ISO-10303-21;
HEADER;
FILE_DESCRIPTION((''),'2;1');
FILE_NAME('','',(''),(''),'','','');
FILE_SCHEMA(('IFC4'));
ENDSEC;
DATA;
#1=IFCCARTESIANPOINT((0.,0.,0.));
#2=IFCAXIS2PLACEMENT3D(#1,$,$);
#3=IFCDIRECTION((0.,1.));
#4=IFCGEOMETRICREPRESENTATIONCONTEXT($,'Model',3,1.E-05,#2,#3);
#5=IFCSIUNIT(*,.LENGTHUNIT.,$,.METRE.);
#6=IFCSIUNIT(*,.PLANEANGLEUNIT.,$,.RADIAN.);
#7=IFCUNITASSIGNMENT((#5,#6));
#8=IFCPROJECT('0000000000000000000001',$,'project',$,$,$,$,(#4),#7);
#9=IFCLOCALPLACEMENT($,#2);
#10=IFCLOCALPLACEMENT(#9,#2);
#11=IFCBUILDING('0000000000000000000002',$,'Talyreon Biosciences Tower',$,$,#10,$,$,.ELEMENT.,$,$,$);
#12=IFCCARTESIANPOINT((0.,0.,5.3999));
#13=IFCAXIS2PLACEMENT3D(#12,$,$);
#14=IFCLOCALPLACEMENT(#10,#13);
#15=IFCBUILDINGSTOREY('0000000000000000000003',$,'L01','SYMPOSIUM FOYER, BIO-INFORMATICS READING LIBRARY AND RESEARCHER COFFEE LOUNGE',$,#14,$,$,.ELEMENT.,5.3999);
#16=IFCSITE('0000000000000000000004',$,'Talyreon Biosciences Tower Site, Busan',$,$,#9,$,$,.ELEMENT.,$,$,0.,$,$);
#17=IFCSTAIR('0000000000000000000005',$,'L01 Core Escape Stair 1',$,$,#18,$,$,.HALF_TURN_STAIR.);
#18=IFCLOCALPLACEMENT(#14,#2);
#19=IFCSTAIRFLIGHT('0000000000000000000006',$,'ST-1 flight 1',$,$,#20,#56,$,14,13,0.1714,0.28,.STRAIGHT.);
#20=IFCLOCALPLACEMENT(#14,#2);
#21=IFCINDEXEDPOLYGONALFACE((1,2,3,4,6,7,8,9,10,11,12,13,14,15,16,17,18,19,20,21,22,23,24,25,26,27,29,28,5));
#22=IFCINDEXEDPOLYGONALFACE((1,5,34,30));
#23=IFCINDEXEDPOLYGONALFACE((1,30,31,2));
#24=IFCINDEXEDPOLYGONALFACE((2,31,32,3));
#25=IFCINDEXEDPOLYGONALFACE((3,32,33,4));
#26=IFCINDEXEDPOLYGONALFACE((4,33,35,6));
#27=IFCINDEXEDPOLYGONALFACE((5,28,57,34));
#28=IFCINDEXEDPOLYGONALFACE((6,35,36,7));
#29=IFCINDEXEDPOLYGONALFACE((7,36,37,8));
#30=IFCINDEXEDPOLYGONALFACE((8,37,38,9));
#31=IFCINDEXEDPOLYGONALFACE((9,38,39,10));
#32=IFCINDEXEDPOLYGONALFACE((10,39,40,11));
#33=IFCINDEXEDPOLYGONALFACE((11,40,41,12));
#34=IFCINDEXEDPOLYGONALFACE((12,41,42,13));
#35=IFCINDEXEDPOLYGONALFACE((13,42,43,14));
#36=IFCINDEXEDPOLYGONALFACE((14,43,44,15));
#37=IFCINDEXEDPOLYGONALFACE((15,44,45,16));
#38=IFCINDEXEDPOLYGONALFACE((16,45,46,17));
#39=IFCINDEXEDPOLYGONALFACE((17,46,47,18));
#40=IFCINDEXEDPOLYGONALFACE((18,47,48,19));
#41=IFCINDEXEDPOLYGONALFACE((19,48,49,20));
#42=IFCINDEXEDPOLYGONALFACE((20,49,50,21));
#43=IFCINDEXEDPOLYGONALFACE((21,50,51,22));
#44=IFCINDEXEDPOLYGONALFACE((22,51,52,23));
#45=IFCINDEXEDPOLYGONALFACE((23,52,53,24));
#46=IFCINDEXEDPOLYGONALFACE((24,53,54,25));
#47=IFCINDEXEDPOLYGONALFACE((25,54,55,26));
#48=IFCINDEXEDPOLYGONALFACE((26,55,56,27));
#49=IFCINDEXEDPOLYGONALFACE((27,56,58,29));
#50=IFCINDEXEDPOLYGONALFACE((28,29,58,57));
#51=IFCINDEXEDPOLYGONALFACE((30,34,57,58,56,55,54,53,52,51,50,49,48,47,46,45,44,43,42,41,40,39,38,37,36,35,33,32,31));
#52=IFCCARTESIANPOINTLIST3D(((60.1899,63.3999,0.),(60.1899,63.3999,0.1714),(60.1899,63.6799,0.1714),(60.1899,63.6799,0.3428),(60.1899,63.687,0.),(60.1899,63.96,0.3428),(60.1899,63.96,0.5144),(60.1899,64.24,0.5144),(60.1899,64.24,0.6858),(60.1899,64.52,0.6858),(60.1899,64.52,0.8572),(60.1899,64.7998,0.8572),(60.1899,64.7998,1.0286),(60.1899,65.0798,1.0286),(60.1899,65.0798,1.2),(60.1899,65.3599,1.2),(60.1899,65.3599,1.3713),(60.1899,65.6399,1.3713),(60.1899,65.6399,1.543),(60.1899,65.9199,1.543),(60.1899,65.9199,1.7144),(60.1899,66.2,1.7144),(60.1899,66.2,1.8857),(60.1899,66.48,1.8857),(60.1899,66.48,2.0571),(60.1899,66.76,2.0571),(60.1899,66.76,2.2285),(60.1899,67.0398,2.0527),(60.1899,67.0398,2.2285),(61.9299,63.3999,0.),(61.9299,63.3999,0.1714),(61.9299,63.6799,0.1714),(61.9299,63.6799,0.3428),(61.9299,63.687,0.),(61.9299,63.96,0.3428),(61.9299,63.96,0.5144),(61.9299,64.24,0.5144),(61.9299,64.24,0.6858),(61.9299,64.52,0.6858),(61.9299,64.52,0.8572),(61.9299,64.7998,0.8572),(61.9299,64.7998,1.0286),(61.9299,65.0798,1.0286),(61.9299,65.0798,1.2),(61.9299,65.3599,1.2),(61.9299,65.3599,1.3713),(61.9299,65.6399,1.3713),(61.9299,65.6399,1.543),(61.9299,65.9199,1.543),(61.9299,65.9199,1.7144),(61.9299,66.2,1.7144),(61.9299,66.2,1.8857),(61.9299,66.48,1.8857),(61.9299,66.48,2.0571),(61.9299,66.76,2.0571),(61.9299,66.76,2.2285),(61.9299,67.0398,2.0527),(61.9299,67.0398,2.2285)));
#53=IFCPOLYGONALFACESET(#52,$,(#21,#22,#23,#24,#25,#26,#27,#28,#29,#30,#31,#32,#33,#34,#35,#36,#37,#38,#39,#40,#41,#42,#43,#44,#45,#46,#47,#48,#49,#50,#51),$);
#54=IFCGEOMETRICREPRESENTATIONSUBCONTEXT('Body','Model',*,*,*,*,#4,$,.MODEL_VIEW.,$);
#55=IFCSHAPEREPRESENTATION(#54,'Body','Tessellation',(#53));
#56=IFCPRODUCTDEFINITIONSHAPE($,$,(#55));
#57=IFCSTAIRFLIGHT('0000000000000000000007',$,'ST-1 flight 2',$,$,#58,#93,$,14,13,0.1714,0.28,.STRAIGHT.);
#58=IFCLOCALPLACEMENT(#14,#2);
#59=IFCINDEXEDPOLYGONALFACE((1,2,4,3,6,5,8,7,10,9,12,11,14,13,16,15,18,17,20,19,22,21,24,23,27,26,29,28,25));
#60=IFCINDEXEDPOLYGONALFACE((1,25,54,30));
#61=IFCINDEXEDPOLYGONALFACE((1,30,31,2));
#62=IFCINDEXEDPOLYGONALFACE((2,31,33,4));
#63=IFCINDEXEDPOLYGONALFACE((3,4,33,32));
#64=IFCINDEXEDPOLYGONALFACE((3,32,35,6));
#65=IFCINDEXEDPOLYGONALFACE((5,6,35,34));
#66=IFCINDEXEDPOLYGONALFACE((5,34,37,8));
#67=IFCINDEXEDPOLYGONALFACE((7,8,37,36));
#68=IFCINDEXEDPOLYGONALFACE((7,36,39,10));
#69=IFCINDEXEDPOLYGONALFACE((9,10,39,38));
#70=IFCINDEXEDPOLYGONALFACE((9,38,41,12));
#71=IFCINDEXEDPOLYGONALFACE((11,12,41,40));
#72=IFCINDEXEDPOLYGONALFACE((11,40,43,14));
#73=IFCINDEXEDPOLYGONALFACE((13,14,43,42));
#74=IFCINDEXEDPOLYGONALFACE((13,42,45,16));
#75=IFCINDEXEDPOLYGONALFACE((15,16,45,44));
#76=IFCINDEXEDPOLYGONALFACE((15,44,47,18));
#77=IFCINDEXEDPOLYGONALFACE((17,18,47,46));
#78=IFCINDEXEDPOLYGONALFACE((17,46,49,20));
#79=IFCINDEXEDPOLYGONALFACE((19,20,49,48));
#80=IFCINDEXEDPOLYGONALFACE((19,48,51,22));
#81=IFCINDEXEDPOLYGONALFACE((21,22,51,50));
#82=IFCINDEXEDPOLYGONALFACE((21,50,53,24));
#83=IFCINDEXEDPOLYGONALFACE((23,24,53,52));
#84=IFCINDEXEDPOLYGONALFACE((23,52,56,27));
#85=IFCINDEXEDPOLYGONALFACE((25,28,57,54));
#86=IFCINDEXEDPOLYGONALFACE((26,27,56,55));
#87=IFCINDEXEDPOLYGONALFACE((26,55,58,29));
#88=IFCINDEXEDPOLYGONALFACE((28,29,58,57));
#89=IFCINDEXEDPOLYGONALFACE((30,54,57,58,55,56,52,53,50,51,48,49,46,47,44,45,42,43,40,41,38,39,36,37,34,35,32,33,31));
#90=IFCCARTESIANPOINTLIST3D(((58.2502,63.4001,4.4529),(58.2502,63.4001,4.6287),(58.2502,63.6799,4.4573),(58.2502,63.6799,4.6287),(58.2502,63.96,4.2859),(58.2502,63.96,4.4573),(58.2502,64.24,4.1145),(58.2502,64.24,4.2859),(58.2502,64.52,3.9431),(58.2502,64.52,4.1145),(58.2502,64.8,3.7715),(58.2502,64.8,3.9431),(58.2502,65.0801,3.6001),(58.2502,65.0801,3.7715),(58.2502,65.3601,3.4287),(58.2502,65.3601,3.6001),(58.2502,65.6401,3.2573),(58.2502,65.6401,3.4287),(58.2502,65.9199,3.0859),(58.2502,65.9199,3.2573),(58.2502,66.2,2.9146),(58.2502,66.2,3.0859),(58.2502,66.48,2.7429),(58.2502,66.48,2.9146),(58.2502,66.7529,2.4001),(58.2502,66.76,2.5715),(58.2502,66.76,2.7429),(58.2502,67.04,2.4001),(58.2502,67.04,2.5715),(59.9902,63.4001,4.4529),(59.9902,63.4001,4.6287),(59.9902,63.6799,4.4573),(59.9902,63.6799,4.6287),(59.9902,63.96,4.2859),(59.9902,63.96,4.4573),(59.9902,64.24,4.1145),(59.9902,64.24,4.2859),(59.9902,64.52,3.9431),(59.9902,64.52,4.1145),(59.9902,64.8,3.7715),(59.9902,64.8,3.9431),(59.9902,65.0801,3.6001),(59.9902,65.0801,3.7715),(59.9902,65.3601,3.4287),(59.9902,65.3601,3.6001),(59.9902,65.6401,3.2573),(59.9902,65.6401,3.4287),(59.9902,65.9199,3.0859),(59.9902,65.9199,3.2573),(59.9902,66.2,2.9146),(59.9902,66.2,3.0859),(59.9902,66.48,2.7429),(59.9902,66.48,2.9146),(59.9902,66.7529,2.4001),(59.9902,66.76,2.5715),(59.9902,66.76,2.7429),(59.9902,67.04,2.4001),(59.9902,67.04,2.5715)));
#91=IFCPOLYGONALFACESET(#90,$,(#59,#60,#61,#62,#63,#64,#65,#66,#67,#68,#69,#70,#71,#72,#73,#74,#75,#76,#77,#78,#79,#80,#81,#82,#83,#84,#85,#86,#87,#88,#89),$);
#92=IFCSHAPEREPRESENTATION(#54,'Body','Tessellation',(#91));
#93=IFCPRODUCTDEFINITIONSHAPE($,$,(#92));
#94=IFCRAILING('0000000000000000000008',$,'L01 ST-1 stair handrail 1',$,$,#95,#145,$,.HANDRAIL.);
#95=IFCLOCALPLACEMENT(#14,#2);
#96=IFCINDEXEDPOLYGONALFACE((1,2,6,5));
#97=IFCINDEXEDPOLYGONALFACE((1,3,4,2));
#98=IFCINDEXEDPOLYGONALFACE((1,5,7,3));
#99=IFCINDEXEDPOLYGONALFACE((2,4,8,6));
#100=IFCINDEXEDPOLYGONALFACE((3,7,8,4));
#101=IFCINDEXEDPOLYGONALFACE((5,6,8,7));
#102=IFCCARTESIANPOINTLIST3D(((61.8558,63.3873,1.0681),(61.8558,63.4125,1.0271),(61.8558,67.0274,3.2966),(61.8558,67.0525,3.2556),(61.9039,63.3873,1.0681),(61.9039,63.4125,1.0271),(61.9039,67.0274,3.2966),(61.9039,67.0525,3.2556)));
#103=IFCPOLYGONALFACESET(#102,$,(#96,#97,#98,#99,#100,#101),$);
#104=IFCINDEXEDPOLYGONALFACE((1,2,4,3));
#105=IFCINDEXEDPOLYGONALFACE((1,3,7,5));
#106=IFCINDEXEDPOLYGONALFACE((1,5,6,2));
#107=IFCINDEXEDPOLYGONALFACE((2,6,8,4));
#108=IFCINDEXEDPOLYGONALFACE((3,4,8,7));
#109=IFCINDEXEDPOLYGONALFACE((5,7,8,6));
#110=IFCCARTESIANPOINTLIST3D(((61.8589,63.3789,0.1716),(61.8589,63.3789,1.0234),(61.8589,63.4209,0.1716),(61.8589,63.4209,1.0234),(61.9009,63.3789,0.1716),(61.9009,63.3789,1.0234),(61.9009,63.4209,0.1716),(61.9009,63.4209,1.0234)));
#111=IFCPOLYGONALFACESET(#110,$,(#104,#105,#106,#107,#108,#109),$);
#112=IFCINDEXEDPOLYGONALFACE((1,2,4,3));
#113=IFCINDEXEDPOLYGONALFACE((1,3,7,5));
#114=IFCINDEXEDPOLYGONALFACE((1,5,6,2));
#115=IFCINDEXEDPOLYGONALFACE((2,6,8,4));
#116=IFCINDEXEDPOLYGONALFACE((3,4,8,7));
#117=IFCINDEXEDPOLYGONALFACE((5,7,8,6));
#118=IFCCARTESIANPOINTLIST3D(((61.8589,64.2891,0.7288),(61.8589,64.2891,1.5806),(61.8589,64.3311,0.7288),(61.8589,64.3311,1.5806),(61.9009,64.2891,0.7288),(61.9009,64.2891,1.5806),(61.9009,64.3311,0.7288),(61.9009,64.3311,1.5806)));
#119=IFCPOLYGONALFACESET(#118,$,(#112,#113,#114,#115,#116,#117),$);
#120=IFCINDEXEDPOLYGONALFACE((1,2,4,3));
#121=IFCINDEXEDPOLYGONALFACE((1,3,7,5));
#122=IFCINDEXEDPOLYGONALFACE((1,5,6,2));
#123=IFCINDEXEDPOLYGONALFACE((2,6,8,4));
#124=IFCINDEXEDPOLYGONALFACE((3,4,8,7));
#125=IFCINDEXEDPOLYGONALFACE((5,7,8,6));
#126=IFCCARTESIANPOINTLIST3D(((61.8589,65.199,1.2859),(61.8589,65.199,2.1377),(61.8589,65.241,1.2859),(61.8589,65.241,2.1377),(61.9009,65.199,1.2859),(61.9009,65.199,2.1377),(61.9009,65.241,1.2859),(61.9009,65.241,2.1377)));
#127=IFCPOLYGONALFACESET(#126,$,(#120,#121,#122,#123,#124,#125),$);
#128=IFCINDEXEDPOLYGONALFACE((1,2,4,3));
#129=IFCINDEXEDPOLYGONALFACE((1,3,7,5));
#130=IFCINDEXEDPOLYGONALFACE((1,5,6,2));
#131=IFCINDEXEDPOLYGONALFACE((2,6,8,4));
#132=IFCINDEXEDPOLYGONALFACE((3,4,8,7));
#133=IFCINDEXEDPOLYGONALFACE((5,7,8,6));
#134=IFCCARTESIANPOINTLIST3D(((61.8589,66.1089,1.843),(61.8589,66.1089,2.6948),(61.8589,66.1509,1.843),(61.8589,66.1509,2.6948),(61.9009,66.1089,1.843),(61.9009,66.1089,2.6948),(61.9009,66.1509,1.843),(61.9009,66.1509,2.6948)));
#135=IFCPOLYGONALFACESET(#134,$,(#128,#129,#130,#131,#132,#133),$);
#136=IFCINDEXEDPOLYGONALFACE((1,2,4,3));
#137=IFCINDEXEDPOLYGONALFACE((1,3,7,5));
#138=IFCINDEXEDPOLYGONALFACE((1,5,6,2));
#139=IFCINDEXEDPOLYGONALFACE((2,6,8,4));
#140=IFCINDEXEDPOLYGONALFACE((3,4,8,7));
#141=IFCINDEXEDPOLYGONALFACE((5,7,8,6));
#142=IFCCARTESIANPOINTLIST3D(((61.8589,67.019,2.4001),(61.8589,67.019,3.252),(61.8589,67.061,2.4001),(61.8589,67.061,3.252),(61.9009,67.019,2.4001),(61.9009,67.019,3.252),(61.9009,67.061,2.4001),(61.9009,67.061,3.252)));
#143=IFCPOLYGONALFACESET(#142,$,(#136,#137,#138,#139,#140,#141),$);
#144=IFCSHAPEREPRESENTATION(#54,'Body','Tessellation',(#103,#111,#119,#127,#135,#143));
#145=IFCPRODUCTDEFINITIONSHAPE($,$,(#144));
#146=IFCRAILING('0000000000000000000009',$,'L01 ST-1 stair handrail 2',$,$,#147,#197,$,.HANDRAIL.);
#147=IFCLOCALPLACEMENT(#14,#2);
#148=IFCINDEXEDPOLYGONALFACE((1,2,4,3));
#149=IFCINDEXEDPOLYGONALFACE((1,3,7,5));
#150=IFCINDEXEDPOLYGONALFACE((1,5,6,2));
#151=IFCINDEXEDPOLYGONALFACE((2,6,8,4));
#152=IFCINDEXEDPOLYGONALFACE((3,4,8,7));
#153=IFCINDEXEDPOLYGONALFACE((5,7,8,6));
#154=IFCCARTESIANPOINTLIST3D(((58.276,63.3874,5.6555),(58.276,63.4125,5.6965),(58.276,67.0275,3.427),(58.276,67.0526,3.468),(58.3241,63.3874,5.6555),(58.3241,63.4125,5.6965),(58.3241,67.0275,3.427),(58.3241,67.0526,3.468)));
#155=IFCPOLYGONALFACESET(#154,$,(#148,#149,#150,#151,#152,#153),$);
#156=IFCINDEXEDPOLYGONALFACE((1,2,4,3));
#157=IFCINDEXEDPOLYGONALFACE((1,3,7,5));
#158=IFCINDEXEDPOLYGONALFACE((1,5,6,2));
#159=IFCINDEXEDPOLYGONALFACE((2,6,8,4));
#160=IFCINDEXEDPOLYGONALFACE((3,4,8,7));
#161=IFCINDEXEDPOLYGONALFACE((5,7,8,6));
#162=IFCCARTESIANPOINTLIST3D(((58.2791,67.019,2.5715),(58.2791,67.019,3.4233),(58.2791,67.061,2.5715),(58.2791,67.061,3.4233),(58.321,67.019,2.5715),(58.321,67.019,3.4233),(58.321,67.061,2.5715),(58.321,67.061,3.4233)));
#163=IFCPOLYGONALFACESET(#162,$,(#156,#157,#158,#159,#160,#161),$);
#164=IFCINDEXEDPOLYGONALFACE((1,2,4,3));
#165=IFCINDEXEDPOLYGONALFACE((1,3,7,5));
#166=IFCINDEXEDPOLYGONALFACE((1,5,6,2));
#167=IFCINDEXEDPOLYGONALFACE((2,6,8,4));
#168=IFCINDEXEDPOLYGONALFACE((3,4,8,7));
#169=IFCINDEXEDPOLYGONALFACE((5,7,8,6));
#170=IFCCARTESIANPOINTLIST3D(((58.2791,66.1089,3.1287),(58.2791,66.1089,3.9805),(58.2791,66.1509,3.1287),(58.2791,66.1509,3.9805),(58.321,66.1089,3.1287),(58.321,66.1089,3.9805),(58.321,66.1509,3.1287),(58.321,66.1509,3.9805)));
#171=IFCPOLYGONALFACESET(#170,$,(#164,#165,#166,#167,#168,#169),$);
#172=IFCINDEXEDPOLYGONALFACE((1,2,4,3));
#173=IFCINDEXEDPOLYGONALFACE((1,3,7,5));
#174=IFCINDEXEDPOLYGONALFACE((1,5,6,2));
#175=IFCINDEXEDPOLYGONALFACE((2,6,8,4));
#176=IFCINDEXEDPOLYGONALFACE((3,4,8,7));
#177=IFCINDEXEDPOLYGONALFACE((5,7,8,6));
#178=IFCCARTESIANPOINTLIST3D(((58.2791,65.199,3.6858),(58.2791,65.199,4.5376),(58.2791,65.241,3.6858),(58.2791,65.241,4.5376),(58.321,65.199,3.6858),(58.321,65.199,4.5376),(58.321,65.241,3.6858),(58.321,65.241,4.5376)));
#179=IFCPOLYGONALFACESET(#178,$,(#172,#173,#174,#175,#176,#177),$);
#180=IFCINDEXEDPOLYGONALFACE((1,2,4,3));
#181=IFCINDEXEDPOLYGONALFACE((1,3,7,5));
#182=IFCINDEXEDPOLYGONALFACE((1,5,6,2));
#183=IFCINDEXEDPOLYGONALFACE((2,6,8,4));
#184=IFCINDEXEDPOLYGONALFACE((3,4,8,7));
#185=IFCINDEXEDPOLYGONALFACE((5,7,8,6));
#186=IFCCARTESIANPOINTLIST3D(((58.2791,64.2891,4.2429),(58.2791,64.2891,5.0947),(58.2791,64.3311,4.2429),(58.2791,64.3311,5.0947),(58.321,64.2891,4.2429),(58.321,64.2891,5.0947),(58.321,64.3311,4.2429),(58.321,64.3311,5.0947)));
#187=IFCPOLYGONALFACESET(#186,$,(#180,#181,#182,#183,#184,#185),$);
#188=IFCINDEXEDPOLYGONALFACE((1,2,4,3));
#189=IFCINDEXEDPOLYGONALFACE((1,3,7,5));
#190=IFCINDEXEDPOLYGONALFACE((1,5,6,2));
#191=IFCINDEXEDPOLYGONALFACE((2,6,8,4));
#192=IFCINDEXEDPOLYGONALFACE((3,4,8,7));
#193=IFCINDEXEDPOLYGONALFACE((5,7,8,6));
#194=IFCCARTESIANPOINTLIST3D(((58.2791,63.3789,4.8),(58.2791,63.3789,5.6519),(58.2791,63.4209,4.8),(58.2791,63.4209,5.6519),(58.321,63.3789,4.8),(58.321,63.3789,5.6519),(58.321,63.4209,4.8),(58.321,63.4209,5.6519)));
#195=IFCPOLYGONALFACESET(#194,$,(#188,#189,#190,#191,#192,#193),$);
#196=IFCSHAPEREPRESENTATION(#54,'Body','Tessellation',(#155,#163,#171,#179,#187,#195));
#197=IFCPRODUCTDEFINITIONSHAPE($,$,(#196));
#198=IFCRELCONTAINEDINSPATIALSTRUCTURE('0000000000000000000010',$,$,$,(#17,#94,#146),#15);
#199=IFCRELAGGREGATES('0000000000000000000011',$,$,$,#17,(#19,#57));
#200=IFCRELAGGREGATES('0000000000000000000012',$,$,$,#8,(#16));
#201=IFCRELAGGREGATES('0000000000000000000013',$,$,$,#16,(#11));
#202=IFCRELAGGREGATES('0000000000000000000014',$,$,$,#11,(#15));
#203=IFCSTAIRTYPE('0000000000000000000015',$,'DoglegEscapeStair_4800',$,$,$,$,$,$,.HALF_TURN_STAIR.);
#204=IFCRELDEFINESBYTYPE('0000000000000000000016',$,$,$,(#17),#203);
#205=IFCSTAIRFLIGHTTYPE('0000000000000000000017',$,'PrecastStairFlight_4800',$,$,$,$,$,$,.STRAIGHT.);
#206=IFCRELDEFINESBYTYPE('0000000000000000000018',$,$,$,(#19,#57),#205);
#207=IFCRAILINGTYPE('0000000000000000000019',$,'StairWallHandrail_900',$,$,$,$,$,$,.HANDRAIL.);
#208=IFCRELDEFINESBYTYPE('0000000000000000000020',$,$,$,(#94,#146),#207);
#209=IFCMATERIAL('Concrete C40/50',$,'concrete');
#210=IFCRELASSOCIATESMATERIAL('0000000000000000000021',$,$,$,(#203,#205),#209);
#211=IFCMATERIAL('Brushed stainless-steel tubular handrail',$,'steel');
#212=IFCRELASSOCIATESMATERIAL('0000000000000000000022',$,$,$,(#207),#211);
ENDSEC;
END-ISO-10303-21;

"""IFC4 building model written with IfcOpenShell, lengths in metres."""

from ifc_helpers import new_model, si_unit, direction, frame, origin, origin_2d, place, context, subcontext, project, spatial, polyline, rectangle, outline, extrude, material, type_object, element, aggregate, save


model = new_model("IFC4")

# Units and contexts
model_context = context("Model", 3, precision=1e-05, world=origin(), true_north=direction((0.0, 1.0)))
body_context = subcontext(model_context, "Body", "Model", "MODEL_VIEW")
ifc_project = project(units=[si_unit("LENGTHUNIT", "METRE"), si_unit("PLANEANGLEUNIT", "RADIAN")], contexts=[model_context])

# Site, building, storey
site_placement = place(None, origin())
site = spatial("IfcSite", under=ifc_project, at=site_placement, Name="Talyreon Biosciences Tower Site, Busan", CompositionType="ELEMENT", RefElevation=0.0)
building_placement = place(site_placement, origin())
building = spatial("IfcBuilding", under=site, at=building_placement, Name="Talyreon Biosciences Tower", CompositionType="ELEMENT")
storey_placement = place(building_placement, frame((0.0, 0.0, 5.3999)))
storey = spatial("IfcBuildingStorey", under=building, at=storey_placement, Name="L01", Description="SYMPOSIUM FOYER, BIO-INFORMATICS READING LIBRARY AND RESEARCHER COFFEE LOUNGE", CompositionType="ELEMENT", Elevation=5.3999)

# Stair, stair flights
ifc_material_1 = material(Name="Concrete C40/50", Category="concrete")
stair_type = type_object("IfcStairType", Name="DoglegEscapeStair_4800", PredefinedType="HALF_TURN_STAIR", material=ifc_material_1)
stair_placement = place(storey_placement, origin())
stair = element("IfcStair", 1, at=stair_placement, inside=storey, type_object=stair_type, Name="L01 Core Escape Stair 1", PredefinedType="HALF_TURN_STAIR")
stair_flight_type = type_object("IfcStairFlightType", Name="PrecastStairFlight_4800", PredefinedType="STRAIGHT", material=ifc_material_1)
stair_flight_1_placement = place(storey_placement, frame((61.0601, 63.3999, 0.0), z_axis=(0.0, 0.0, 1.0), x_axis=(0.0, 1.0, 0.0)))
stair_flight_1 = element("IfcStairFlight", 2, at=stair_flight_1_placement, type_object=stair_flight_type, Name="ST-1 flight 1", NumberOfRisers=14, NumberOfTreads=13, PredefinedType="STRAIGHT", RiserHeight=0.1714, TreadLength=0.28, context=body_context, shape_type="SweptSolid", body=[
    extrude(outline(polyline([(0.0, 0.0), (0.0, 0.1714), (0.28, 0.1714), (0.28, 0.3428), (0.5601, 0.3428), (0.5601, 0.5144), (0.8401, 0.5144), (0.8401, 0.6858), (1.1201, 0.6858), (1.1201, 0.8572), (1.3999, 0.8572), (1.3999, 1.0286), (1.6799, 1.0286), (1.6799, 1.2), (1.96, 1.2), (1.96, 1.3713), (2.24, 1.3713), (2.24, 1.543), (2.52, 1.543), (2.52, 1.7144), (2.8, 1.7144), (2.8, 1.8857), (3.0801, 1.8857), (3.0801, 2.0571), (3.3601, 2.0571), (3.3601, 2.2285), (3.6399, 2.2285), (3.6399, 2.3999), (3.6399, 2.0527), (0.2871, 0.0), (0.0, 0.0)])), frame((0.0, 0.8701, 0.0), z_axis=(0.0, -1.0, 0.0), x_axis=(1.0, 0.0, 0.0)), (0.0, 0.0, 1.0), 1.74),
])
stair_flight_2_placement = place(storey_placement, frame((59.1201, 67.04, 2.4001), z_axis=(0.0, 0.0, 1.0), x_axis=(0.0, -1.0, 0.0)))
stair_flight_2 = element("IfcStairFlight", 3, at=stair_flight_2_placement, type_object=stair_flight_type, Name="ST-1 flight 2", NumberOfRisers=14, NumberOfTreads=13, PredefinedType="STRAIGHT", RiserHeight=0.1714, TreadLength=0.28, context=body_context, shape_type="SweptSolid", body=[
    extrude(outline(polyline([(0.0, 0.0), (0.0, 0.1714), (0.28, 0.1714), (0.28, 0.3428), (0.5601, 0.3428), (0.5601, 0.5144), (0.8401, 0.5144), (0.8401, 0.6858), (1.1201, 0.6858), (1.1201, 0.8572), (1.3999, 0.8572), (1.3999, 1.0286), (1.6799, 1.0286), (1.6799, 1.2), (1.96, 1.2), (1.96, 1.3713), (2.24, 1.3713), (2.24, 1.543), (2.52, 1.543), (2.52, 1.7144), (2.8, 1.7144), (2.8, 1.8857), (3.0801, 1.8857), (3.0801, 2.0571), (3.3601, 2.0571), (3.3601, 2.2285), (3.6399, 2.2285), (3.6399, 2.3999), (3.6399, 2.0527), (0.2871, 0.0), (0.0, 0.0)])), frame((0.0, 0.8701, 0.0), z_axis=(0.0, -1.0, 0.0), x_axis=(1.0, 0.0, 0.0)), (0.0, 0.0, 1.0), 1.74),
])
aggregate(stair, [stair_flight_1, stair_flight_2])

# Railings
ifc_material_2 = material(Name="Brushed stainless-steel tubular handrail", Category="steel")
railing_type_1 = type_object("IfcRailingType", Name="StairWallHandrail_900", PredefinedType="HANDRAIL", material=ifc_material_2)
railing_1_placement = place(storey_placement, frame((61.8799, 63.3999, 0.1716)))
element("IfcRailing", 4, at=railing_1_placement, inside=storey, type_object=railing_type_1, Name="L01 ST-1 stair handrail 1", PredefinedType="HANDRAIL", context=body_context, shape_type="SweptSolid", body=[
    extrude(rectangle(XDim=0.0481, YDim=0.0481, at=origin_2d()), frame((0.0, 0.0, 0.876), z_axis=(0.0, 0.852866, 0.52213), x_axis=(-1.0, 0.0, 0.0)), (0.0, 0.0, 1.0), 4.2681),
    extrude(rectangle(XDim=0.042, YDim=0.042, at=origin_2d()), origin(), (0.0, 0.0, 1.0), 0.8518),
    extrude(rectangle(XDim=0.042, YDim=0.042, at=origin_2d()), frame((0.0, 0.9102, 0.5571)), (0.0, 0.0, 1.0), 0.8518),
    extrude(rectangle(XDim=0.042, YDim=0.042, at=origin_2d()), frame((0.0, 1.8201, 1.1143)), (0.0, 0.0, 1.0), 0.8518),
    extrude(rectangle(XDim=0.042, YDim=0.042, at=origin_2d()), frame((0.0, 2.73, 1.6714)), (0.0, 0.0, 1.0), 0.8518),
    extrude(rectangle(XDim=0.042, YDim=0.042, at=origin_2d()), frame((0.0, 3.6401, 2.2285)), (0.0, 0.0, 1.0), 0.8518),
])
railing_2_placement = place(storey_placement, frame((58.3, 67.04, 2.5715)))
element("IfcRailing", 5, at=railing_2_placement, inside=storey, type_object=railing_type_1, Name="L01 ST-1 stair handrail 2", PredefinedType="HANDRAIL", context=body_context, shape_type="SweptSolid", body=[
    extrude(rectangle(XDim=0.0481, YDim=0.0481, at=origin_2d()), frame((0.0, 0.0, 0.876), z_axis=(0.0, -0.852866, 0.52213), x_axis=(1.0, 0.0, 0.0)), (0.0, 0.0, 1.0), 4.2681),
    extrude(rectangle(XDim=0.042, YDim=0.042, at=origin_2d()), origin(), (0.0, 0.0, 1.0), 0.8518),
    extrude(rectangle(XDim=0.042, YDim=0.042, at=origin_2d()), frame((0.0, -0.9102, 0.5571)), (0.0, 0.0, 1.0), 0.8518),
    extrude(rectangle(XDim=0.042, YDim=0.042, at=origin_2d()), frame((0.0, -1.8201, 1.1143)), (0.0, 0.0, 1.0), 0.8518),
    extrude(rectangle(XDim=0.042, YDim=0.042, at=origin_2d()), frame((0.0, -2.73, 1.6714)), (0.0, 0.0, 1.0), 0.8518),
    extrude(rectangle(XDim=0.042, YDim=0.042, at=origin_2d()), frame((0.0, -3.6401, 2.2285)), (0.0, 0.0, 1.0), 0.8518),
])

save(model, "model.ifc")
